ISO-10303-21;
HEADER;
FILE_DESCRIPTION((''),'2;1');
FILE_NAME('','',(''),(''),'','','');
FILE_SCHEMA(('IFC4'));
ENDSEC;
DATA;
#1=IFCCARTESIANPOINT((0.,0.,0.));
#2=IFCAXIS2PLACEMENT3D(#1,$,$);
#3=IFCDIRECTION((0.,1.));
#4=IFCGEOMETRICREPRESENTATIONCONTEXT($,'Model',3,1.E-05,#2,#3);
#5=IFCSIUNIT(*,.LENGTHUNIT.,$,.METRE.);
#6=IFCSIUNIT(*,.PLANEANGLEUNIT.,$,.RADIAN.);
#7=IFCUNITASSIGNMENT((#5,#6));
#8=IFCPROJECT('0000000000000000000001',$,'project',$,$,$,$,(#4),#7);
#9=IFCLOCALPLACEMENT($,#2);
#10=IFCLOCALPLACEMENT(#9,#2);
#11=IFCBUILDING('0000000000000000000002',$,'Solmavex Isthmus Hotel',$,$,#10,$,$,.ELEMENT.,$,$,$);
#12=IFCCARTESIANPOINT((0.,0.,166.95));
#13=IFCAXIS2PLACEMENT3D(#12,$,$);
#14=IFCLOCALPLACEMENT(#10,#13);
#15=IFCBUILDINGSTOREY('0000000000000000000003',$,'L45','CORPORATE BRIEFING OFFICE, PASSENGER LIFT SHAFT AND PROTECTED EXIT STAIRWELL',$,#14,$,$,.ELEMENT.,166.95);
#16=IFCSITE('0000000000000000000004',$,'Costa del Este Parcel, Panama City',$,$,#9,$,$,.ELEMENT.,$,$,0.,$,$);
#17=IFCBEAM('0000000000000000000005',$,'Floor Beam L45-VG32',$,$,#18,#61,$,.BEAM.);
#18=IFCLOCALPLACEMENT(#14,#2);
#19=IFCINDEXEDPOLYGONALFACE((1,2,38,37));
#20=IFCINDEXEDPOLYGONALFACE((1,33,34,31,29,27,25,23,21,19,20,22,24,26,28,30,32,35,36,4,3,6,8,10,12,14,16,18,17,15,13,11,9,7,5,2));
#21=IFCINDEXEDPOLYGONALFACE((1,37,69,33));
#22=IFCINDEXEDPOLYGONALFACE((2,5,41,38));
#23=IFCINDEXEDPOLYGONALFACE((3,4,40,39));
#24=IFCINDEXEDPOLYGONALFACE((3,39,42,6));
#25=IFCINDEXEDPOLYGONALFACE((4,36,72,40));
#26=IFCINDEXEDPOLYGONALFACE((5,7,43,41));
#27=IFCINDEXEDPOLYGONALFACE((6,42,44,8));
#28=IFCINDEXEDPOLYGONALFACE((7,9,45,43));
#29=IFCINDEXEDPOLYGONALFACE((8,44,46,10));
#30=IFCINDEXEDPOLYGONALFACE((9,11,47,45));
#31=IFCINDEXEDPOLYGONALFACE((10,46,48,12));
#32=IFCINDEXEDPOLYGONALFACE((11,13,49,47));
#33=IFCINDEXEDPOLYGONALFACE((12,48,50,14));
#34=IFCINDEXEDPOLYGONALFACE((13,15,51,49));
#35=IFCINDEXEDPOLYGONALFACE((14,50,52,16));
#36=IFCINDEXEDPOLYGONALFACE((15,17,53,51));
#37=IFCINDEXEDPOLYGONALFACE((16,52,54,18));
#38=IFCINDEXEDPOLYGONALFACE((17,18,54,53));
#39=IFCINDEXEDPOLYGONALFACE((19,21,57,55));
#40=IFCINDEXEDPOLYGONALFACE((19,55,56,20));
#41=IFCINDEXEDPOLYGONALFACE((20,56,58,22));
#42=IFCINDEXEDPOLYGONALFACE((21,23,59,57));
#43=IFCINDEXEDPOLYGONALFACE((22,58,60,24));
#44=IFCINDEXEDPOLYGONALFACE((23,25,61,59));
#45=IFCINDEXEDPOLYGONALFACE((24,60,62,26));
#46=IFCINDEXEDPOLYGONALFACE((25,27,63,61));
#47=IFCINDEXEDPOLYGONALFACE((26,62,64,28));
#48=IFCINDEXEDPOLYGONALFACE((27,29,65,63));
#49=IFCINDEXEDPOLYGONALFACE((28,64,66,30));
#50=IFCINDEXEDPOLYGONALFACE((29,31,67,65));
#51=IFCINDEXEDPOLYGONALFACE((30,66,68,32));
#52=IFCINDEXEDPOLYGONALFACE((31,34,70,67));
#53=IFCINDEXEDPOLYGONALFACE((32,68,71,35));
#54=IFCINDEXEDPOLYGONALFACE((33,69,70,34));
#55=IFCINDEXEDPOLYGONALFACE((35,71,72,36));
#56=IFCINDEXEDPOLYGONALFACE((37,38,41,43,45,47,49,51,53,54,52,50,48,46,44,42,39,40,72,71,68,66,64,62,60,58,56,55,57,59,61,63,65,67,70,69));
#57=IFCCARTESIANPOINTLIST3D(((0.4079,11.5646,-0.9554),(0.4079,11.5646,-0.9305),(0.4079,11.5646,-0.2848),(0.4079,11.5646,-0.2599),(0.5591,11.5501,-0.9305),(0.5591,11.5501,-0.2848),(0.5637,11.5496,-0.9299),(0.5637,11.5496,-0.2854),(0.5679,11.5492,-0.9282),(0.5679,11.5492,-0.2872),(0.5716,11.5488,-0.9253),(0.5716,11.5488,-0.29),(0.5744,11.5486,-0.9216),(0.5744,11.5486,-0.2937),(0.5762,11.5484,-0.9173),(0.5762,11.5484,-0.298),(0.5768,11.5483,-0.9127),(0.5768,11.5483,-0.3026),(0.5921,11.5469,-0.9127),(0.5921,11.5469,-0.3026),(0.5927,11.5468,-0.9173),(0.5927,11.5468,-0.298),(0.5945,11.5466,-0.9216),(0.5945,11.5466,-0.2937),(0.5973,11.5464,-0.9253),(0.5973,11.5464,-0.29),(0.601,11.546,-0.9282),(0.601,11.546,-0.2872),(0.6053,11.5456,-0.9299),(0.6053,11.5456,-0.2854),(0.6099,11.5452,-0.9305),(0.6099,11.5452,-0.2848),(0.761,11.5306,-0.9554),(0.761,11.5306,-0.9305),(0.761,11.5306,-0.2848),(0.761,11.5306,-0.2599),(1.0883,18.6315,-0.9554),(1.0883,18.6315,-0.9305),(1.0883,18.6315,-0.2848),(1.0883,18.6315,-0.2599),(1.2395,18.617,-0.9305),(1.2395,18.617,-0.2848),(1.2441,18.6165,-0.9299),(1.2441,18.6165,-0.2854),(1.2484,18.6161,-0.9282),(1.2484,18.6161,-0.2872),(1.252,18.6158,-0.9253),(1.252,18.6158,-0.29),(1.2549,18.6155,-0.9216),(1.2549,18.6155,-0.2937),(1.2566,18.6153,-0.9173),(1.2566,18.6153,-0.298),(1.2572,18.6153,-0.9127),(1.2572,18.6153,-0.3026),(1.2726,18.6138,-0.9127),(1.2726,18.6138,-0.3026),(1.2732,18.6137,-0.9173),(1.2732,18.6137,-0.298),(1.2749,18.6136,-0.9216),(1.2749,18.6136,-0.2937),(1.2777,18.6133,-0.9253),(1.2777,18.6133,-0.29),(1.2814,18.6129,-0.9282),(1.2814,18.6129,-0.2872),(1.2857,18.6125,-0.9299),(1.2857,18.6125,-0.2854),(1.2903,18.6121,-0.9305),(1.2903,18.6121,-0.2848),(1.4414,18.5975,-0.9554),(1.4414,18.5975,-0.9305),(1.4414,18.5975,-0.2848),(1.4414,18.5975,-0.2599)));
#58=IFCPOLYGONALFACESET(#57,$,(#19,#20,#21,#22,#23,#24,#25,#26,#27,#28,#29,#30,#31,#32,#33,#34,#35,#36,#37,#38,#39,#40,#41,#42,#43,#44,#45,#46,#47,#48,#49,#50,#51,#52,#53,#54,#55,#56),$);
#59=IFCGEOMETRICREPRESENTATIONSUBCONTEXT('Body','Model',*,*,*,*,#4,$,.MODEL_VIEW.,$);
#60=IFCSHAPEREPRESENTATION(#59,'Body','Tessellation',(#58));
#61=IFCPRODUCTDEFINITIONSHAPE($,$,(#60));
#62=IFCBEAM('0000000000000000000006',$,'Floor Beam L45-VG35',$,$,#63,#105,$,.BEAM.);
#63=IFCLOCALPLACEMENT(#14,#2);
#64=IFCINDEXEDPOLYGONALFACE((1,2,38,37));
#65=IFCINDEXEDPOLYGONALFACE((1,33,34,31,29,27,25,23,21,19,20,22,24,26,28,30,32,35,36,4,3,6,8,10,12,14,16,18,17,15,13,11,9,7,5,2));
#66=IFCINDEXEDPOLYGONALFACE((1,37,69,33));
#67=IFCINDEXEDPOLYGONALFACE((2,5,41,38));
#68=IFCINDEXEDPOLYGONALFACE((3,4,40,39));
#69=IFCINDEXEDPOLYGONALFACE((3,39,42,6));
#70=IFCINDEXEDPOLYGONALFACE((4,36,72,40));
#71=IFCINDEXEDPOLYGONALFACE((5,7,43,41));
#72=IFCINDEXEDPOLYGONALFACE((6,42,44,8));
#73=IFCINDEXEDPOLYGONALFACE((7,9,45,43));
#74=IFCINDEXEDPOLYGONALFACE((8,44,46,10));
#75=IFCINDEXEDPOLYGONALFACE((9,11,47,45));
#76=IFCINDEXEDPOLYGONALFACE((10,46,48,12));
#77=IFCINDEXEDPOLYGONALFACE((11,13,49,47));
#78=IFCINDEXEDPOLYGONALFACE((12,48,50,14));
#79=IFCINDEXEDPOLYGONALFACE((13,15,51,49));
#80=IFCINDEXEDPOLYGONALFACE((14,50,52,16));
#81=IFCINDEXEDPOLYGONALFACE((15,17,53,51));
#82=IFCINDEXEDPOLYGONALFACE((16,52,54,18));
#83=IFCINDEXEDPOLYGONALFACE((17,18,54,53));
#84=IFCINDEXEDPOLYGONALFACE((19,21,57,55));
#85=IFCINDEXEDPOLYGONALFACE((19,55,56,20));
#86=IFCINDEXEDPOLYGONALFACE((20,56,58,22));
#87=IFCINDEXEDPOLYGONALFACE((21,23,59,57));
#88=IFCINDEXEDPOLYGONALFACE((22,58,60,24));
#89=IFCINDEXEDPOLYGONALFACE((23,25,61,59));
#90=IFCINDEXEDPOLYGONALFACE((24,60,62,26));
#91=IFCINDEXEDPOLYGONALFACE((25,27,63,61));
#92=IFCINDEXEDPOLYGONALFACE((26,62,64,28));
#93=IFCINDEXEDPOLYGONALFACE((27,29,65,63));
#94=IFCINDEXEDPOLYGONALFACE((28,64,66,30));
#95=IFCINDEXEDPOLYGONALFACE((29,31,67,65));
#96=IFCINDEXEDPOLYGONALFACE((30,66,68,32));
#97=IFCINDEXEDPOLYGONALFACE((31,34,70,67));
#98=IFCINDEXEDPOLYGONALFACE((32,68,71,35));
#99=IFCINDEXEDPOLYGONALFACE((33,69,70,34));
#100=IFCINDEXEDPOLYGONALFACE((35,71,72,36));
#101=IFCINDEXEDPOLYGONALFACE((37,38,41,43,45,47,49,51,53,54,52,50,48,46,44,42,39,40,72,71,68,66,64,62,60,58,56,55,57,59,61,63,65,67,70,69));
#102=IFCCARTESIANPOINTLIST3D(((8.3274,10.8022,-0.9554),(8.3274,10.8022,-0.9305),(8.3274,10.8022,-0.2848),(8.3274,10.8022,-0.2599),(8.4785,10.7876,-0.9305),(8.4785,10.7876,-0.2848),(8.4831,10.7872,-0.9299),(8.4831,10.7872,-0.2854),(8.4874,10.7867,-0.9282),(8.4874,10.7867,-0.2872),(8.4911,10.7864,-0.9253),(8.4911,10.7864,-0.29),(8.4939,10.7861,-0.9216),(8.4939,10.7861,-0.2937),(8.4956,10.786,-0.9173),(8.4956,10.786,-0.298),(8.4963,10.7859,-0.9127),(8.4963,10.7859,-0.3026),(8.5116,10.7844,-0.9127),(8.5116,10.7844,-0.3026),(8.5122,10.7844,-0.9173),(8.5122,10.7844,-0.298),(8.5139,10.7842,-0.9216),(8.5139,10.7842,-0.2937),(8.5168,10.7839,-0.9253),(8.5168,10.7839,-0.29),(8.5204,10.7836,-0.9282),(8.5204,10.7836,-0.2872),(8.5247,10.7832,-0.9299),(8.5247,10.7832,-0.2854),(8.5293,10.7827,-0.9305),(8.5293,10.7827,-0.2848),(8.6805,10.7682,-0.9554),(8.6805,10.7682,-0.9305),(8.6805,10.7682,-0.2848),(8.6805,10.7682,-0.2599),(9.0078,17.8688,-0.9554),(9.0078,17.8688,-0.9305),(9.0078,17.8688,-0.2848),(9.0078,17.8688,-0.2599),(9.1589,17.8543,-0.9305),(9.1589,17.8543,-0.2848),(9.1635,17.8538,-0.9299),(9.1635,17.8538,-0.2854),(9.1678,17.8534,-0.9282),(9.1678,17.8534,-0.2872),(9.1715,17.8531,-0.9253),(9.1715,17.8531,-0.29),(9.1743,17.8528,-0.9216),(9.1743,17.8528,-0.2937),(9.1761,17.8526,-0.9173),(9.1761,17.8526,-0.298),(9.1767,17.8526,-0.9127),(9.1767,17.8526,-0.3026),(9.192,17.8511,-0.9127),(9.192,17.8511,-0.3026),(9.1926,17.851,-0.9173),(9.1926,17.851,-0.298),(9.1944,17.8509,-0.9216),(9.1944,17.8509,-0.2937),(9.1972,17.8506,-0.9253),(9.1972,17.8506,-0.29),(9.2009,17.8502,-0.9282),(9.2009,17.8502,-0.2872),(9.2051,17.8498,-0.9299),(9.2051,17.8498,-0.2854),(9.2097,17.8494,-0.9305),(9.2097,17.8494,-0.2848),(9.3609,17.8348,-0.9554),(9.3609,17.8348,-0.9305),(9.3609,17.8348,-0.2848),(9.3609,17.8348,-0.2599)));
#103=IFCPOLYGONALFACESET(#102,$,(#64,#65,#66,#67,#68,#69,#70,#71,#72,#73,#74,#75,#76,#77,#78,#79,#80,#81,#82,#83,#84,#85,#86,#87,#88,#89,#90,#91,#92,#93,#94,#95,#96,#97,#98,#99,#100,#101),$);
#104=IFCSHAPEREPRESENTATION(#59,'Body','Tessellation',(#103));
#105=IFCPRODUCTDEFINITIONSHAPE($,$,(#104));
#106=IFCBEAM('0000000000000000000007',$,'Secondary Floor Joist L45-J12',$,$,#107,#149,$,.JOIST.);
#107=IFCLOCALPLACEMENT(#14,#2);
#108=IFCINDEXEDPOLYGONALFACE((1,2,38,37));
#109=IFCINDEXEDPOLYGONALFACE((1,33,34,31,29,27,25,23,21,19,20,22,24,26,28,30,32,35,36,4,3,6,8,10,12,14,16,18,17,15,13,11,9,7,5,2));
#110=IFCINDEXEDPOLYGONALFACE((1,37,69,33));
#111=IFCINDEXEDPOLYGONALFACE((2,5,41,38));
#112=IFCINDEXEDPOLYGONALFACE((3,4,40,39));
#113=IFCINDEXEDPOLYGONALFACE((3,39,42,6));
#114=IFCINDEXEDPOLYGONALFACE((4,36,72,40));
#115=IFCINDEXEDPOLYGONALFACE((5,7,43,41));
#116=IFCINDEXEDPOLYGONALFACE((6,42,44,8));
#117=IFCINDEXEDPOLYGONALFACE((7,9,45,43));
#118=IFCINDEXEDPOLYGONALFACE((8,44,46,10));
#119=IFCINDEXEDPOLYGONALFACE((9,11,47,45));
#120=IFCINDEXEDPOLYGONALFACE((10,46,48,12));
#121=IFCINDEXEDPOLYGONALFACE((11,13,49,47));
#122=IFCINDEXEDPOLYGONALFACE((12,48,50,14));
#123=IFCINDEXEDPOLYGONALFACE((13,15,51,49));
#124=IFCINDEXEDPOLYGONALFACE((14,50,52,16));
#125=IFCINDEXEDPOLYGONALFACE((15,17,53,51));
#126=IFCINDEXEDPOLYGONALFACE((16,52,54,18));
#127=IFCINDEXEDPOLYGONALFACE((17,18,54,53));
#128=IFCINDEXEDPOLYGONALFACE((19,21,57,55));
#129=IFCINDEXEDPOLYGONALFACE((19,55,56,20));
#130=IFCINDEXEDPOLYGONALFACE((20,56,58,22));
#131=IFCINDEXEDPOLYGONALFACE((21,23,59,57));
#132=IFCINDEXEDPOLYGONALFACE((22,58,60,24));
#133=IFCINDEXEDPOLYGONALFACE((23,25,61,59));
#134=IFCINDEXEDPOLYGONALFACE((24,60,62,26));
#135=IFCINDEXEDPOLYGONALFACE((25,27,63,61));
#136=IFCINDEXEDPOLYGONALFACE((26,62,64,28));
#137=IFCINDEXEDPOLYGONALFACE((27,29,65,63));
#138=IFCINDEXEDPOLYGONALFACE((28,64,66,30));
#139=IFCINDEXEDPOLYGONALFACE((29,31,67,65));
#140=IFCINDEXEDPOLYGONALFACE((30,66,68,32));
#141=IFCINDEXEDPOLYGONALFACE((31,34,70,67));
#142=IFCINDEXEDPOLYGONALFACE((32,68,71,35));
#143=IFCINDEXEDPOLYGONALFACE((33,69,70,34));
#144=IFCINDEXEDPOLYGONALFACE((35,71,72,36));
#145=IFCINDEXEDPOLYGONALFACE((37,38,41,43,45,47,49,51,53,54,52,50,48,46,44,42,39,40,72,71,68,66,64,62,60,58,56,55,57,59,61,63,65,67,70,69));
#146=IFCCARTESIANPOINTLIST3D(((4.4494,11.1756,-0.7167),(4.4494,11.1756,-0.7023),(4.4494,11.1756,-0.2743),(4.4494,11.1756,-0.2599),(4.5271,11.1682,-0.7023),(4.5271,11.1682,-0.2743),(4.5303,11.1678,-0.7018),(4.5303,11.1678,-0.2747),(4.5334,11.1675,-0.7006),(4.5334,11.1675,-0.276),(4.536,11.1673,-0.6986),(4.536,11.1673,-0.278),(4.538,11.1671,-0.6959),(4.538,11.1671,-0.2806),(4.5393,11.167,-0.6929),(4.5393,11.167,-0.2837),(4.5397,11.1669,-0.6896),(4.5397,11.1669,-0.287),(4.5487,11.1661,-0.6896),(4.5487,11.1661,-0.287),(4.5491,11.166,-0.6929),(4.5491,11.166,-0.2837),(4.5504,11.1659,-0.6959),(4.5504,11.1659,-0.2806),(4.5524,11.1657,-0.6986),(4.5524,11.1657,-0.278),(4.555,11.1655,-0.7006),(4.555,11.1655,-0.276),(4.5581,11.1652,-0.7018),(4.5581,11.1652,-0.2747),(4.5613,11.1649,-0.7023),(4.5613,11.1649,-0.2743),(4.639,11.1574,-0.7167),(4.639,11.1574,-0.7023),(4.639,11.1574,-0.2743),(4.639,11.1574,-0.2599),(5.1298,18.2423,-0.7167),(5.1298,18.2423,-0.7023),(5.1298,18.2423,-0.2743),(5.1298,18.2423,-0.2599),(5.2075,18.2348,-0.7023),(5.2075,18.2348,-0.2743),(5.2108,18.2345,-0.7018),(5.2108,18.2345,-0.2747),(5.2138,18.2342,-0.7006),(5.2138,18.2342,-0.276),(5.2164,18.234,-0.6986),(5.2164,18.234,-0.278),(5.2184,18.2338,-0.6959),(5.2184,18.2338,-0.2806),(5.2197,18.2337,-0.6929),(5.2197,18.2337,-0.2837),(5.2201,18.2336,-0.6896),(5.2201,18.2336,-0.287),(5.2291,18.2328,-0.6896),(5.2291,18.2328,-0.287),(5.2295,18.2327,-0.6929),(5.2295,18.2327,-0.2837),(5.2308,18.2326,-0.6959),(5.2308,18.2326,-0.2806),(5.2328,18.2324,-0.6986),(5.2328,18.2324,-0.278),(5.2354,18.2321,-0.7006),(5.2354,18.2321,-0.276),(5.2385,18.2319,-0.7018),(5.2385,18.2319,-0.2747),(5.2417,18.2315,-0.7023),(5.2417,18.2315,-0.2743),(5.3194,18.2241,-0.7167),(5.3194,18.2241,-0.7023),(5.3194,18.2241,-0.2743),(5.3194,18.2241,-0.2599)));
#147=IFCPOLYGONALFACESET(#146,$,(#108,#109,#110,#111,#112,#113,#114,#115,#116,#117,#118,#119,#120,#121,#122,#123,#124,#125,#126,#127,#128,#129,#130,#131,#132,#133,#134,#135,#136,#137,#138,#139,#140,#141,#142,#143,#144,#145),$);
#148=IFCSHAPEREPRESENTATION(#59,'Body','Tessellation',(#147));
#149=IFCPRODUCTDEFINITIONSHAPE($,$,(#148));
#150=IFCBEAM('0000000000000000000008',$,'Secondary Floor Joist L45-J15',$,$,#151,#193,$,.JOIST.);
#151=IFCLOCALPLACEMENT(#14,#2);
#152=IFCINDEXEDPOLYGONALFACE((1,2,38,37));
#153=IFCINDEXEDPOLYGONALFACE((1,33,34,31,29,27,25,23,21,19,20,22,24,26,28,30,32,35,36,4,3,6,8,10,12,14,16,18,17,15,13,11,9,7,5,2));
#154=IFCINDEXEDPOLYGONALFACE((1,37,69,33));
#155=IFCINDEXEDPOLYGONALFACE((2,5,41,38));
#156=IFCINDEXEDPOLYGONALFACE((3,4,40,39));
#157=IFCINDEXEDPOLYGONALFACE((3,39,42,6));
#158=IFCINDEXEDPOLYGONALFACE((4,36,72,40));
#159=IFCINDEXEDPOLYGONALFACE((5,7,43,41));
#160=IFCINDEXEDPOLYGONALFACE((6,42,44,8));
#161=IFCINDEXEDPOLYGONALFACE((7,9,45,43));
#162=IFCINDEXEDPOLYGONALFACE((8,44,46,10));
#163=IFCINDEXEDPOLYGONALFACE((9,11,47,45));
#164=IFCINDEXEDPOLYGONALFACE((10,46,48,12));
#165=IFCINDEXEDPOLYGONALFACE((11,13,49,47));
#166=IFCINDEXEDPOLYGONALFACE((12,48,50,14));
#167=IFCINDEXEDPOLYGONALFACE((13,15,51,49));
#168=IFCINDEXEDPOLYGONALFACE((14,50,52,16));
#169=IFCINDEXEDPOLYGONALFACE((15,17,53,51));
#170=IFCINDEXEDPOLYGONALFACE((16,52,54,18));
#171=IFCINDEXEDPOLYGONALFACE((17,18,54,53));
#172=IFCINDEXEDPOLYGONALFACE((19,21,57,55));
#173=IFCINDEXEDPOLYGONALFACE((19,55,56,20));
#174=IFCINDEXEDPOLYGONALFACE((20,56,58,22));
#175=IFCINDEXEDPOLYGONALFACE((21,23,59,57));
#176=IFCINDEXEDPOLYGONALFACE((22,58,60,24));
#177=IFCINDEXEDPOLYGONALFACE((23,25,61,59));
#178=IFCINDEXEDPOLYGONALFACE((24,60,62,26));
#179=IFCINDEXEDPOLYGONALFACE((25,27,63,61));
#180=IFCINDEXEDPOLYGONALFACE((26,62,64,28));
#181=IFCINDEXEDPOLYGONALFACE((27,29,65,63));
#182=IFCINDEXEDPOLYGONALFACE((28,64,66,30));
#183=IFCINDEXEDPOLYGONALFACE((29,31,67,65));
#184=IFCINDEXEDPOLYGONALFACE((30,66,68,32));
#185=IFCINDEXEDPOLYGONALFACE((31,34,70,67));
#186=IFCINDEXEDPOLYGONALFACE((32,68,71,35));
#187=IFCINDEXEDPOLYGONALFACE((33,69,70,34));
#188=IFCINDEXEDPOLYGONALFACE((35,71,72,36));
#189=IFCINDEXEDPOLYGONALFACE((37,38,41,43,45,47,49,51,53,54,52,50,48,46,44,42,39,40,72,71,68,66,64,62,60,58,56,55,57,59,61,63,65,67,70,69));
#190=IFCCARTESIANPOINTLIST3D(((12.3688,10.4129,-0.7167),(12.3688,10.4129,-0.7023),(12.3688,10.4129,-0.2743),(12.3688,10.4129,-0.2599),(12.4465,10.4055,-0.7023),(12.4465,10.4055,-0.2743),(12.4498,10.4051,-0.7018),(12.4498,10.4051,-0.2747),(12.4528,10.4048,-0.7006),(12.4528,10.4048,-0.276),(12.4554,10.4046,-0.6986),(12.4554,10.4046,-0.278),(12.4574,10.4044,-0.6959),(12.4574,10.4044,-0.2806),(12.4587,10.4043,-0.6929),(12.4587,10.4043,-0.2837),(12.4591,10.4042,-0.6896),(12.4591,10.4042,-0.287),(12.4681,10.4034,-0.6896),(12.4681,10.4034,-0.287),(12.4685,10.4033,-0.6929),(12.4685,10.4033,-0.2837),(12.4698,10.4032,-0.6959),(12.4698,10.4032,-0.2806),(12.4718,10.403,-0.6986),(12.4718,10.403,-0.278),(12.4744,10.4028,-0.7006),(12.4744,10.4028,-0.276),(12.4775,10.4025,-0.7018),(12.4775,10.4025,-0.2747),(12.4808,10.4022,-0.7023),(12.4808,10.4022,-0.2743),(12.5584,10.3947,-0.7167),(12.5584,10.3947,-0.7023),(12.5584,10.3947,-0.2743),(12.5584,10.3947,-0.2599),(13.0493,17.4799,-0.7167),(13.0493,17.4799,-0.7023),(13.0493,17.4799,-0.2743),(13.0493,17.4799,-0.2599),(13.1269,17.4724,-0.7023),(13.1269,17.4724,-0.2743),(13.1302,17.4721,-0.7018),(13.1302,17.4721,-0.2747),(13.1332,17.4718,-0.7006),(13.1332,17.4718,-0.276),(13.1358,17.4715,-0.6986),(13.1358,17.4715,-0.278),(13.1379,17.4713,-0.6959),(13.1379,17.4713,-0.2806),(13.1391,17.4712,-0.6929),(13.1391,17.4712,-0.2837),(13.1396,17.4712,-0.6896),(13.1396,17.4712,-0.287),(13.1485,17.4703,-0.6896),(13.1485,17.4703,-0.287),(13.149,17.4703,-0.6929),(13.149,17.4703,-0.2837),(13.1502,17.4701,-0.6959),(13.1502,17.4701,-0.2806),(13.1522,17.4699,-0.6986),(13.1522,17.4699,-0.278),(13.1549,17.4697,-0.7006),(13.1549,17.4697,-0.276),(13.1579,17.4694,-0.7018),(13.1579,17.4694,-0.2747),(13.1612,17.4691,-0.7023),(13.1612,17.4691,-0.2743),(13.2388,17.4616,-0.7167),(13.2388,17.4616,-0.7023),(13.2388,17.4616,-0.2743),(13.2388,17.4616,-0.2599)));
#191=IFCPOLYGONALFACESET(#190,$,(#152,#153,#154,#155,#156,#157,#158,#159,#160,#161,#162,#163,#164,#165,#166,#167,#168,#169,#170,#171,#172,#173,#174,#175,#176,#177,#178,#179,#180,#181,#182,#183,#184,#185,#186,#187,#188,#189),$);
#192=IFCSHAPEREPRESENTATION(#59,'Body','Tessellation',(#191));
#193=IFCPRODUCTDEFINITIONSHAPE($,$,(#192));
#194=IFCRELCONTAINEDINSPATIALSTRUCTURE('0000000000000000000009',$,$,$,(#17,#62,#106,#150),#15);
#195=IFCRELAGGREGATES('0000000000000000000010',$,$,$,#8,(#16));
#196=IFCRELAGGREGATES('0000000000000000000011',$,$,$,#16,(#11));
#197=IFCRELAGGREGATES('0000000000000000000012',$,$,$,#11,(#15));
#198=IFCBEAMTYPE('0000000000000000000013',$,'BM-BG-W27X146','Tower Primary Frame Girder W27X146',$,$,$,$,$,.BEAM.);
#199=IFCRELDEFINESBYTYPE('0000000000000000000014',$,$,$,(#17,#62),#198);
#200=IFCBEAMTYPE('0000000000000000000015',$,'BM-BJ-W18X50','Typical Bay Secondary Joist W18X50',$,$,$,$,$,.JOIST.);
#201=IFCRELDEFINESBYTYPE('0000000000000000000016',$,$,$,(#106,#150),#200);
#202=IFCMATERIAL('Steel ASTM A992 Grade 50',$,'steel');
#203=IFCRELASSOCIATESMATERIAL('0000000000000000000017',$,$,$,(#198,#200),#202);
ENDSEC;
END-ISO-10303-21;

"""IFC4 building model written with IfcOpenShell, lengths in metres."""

from ifc_helpers import new_model, si_unit, direction, frame, origin, origin_2d, place, context, subcontext, project, spatial, i_section, extrude, material, material_profile, profile_set, type_object, element, save


model = new_model("IFC4")

# Units and contexts
model_context = context("Model", 3, precision=1e-05, world=origin(), true_north=direction((0.0, 1.0)))
body_context = subcontext(model_context, "Body", "Model", "MODEL_VIEW")
ifc_project = project(units=[si_unit("LENGTHUNIT", "METRE"), si_unit("PLANEANGLEUNIT", "RADIAN")], contexts=[model_context])

# Site, building, storey
site_placement = place(None, origin())
site = spatial("IfcSite", under=ifc_project, at=site_placement, Name="Costa del Este Parcel, Panama City", CompositionType="ELEMENT", RefElevation=0.0)
building_placement = place(site_placement, origin())
building = spatial("IfcBuilding", under=site, at=building_placement, Name="Solmavex Isthmus Hotel", CompositionType="ELEMENT")
storey_placement = place(building_placement, frame((0.0, 0.0, 166.95)))
storey = spatial("IfcBuildingStorey", under=building, at=storey_placement, Name="L45", Description="CORPORATE BRIEFING OFFICE, PASSENGER LIFT SHAFT AND PROTECTED EXIT STAIRWELL", CompositionType="ELEMENT", Elevation=166.95)

# Beams
ifc_material_1 = material(Name="Steel ASTM A992 Grade 50", Category="steel")
ifc_material_profile_1 = material_profile(ifc_material_1, i_section(OverallWidth=0.3547, OverallDepth=0.6956, WebThickness=0.0154, FlangeThickness=0.0249, FilletRadius=0.0178, at=origin_2d()), Name="W27X146")
ifc_profile_set_1 = profile_set([ifc_material_profile_1], Name="Steel ASTM A992 Grade 50")
beam_type_1 = type_object("IfcBeamType", Name="BM-BG-W27X146", Description="Tower Primary Frame Girder W27X146", PredefinedType="BEAM", material=ifc_profile_set_1)
beam_1_placement = place(storey_placement, frame((0.5845, 11.5476, -0.6077), z_axis=(0.09584, 0.995397, 0.0), x_axis=(-0.995397, 0.09584, 0.0)))
element("IfcBeam", 1, at=beam_1_placement, inside=storey, type_object=beam_type_1, Name="Floor Beam L45-VG32", PredefinedType="BEAM", context=body_context, shape_type="SweptSolid", body=[
    extrude(i_section(OverallWidth=0.3547, OverallDepth=0.6956, WebThickness=0.0154, FlangeThickness=0.0249, FilletRadius=0.0178, at=origin_2d()), origin(), (0.0, 0.0, 1.0), 7.0996),
])
beam_2_placement = place(storey_placement, frame((8.5039, 10.7852, -0.6077), z_axis=(0.095843, 0.995396, 0.0), x_axis=(-0.995396, 0.095843, 0.0)))
element("IfcBeam", 2, at=beam_2_placement, inside=storey, type_object=beam_type_1, Name="Floor Beam L45-VG35", PredefinedType="BEAM", context=body_context, shape_type="SweptSolid", body=[
    extrude(i_section(OverallWidth=0.3547, OverallDepth=0.6956, WebThickness=0.0154, FlangeThickness=0.0249, FilletRadius=0.0178, at=origin_2d()), origin(), (0.0, 0.0, 1.0), 7.0994),
])
ifc_material_profile_2 = material_profile(ifc_material_1, i_section(OverallWidth=0.1904, OverallDepth=0.4568, WebThickness=0.009, FlangeThickness=0.0144, FilletRadius=0.0127, at=origin_2d()), Name="W18X50")
ifc_profile_set_2 = profile_set([ifc_material_profile_2], Name="Steel ASTM A992 Grade 50")
beam_type_2 = type_object("IfcBeamType", Name="BM-BJ-W18X50", Description="Typical Bay Secondary Joist W18X50", PredefinedType="JOIST", material=ifc_profile_set_2)
beam_3_placement = place(storey_placement, frame((4.5442, 11.1665, -0.4883), z_axis=(0.095843, 0.995396, 0.0), x_axis=(-0.995396, 0.095843, 0.0)))
element("IfcBeam", 3, at=beam_3_placement, inside=storey, type_object=beam_type_2, Name="Secondary Floor Joist L45-J12", PredefinedType="JOIST", context=body_context, shape_type="SweptSolid", body=[
    extrude(i_section(OverallWidth=0.1904, OverallDepth=0.4568, WebThickness=0.009, FlangeThickness=0.0144, FilletRadius=0.0127, at=origin_2d()), origin(), (0.0, 0.0, 1.0), 7.0994),
])
beam_4_placement = place(storey_placement, frame((12.4636, 10.4038, -0.4883), z_axis=(0.09584, 0.995397, 0.0), x_axis=(-0.995397, 0.09584, 0.0)))
element("IfcBeam", 4, at=beam_4_placement, inside=storey, type_object=beam_type_2, Name="Secondary Floor Joist L45-J15", PredefinedType="JOIST", context=body_context, shape_type="SweptSolid", body=[
    extrude(i_section(OverallWidth=0.1904, OverallDepth=0.4568, WebThickness=0.009, FlangeThickness=0.0144, FilletRadius=0.0127, at=origin_2d()), origin(), (0.0, 0.0, 1.0), 7.0996),
])

save(model, "model.ifc")
